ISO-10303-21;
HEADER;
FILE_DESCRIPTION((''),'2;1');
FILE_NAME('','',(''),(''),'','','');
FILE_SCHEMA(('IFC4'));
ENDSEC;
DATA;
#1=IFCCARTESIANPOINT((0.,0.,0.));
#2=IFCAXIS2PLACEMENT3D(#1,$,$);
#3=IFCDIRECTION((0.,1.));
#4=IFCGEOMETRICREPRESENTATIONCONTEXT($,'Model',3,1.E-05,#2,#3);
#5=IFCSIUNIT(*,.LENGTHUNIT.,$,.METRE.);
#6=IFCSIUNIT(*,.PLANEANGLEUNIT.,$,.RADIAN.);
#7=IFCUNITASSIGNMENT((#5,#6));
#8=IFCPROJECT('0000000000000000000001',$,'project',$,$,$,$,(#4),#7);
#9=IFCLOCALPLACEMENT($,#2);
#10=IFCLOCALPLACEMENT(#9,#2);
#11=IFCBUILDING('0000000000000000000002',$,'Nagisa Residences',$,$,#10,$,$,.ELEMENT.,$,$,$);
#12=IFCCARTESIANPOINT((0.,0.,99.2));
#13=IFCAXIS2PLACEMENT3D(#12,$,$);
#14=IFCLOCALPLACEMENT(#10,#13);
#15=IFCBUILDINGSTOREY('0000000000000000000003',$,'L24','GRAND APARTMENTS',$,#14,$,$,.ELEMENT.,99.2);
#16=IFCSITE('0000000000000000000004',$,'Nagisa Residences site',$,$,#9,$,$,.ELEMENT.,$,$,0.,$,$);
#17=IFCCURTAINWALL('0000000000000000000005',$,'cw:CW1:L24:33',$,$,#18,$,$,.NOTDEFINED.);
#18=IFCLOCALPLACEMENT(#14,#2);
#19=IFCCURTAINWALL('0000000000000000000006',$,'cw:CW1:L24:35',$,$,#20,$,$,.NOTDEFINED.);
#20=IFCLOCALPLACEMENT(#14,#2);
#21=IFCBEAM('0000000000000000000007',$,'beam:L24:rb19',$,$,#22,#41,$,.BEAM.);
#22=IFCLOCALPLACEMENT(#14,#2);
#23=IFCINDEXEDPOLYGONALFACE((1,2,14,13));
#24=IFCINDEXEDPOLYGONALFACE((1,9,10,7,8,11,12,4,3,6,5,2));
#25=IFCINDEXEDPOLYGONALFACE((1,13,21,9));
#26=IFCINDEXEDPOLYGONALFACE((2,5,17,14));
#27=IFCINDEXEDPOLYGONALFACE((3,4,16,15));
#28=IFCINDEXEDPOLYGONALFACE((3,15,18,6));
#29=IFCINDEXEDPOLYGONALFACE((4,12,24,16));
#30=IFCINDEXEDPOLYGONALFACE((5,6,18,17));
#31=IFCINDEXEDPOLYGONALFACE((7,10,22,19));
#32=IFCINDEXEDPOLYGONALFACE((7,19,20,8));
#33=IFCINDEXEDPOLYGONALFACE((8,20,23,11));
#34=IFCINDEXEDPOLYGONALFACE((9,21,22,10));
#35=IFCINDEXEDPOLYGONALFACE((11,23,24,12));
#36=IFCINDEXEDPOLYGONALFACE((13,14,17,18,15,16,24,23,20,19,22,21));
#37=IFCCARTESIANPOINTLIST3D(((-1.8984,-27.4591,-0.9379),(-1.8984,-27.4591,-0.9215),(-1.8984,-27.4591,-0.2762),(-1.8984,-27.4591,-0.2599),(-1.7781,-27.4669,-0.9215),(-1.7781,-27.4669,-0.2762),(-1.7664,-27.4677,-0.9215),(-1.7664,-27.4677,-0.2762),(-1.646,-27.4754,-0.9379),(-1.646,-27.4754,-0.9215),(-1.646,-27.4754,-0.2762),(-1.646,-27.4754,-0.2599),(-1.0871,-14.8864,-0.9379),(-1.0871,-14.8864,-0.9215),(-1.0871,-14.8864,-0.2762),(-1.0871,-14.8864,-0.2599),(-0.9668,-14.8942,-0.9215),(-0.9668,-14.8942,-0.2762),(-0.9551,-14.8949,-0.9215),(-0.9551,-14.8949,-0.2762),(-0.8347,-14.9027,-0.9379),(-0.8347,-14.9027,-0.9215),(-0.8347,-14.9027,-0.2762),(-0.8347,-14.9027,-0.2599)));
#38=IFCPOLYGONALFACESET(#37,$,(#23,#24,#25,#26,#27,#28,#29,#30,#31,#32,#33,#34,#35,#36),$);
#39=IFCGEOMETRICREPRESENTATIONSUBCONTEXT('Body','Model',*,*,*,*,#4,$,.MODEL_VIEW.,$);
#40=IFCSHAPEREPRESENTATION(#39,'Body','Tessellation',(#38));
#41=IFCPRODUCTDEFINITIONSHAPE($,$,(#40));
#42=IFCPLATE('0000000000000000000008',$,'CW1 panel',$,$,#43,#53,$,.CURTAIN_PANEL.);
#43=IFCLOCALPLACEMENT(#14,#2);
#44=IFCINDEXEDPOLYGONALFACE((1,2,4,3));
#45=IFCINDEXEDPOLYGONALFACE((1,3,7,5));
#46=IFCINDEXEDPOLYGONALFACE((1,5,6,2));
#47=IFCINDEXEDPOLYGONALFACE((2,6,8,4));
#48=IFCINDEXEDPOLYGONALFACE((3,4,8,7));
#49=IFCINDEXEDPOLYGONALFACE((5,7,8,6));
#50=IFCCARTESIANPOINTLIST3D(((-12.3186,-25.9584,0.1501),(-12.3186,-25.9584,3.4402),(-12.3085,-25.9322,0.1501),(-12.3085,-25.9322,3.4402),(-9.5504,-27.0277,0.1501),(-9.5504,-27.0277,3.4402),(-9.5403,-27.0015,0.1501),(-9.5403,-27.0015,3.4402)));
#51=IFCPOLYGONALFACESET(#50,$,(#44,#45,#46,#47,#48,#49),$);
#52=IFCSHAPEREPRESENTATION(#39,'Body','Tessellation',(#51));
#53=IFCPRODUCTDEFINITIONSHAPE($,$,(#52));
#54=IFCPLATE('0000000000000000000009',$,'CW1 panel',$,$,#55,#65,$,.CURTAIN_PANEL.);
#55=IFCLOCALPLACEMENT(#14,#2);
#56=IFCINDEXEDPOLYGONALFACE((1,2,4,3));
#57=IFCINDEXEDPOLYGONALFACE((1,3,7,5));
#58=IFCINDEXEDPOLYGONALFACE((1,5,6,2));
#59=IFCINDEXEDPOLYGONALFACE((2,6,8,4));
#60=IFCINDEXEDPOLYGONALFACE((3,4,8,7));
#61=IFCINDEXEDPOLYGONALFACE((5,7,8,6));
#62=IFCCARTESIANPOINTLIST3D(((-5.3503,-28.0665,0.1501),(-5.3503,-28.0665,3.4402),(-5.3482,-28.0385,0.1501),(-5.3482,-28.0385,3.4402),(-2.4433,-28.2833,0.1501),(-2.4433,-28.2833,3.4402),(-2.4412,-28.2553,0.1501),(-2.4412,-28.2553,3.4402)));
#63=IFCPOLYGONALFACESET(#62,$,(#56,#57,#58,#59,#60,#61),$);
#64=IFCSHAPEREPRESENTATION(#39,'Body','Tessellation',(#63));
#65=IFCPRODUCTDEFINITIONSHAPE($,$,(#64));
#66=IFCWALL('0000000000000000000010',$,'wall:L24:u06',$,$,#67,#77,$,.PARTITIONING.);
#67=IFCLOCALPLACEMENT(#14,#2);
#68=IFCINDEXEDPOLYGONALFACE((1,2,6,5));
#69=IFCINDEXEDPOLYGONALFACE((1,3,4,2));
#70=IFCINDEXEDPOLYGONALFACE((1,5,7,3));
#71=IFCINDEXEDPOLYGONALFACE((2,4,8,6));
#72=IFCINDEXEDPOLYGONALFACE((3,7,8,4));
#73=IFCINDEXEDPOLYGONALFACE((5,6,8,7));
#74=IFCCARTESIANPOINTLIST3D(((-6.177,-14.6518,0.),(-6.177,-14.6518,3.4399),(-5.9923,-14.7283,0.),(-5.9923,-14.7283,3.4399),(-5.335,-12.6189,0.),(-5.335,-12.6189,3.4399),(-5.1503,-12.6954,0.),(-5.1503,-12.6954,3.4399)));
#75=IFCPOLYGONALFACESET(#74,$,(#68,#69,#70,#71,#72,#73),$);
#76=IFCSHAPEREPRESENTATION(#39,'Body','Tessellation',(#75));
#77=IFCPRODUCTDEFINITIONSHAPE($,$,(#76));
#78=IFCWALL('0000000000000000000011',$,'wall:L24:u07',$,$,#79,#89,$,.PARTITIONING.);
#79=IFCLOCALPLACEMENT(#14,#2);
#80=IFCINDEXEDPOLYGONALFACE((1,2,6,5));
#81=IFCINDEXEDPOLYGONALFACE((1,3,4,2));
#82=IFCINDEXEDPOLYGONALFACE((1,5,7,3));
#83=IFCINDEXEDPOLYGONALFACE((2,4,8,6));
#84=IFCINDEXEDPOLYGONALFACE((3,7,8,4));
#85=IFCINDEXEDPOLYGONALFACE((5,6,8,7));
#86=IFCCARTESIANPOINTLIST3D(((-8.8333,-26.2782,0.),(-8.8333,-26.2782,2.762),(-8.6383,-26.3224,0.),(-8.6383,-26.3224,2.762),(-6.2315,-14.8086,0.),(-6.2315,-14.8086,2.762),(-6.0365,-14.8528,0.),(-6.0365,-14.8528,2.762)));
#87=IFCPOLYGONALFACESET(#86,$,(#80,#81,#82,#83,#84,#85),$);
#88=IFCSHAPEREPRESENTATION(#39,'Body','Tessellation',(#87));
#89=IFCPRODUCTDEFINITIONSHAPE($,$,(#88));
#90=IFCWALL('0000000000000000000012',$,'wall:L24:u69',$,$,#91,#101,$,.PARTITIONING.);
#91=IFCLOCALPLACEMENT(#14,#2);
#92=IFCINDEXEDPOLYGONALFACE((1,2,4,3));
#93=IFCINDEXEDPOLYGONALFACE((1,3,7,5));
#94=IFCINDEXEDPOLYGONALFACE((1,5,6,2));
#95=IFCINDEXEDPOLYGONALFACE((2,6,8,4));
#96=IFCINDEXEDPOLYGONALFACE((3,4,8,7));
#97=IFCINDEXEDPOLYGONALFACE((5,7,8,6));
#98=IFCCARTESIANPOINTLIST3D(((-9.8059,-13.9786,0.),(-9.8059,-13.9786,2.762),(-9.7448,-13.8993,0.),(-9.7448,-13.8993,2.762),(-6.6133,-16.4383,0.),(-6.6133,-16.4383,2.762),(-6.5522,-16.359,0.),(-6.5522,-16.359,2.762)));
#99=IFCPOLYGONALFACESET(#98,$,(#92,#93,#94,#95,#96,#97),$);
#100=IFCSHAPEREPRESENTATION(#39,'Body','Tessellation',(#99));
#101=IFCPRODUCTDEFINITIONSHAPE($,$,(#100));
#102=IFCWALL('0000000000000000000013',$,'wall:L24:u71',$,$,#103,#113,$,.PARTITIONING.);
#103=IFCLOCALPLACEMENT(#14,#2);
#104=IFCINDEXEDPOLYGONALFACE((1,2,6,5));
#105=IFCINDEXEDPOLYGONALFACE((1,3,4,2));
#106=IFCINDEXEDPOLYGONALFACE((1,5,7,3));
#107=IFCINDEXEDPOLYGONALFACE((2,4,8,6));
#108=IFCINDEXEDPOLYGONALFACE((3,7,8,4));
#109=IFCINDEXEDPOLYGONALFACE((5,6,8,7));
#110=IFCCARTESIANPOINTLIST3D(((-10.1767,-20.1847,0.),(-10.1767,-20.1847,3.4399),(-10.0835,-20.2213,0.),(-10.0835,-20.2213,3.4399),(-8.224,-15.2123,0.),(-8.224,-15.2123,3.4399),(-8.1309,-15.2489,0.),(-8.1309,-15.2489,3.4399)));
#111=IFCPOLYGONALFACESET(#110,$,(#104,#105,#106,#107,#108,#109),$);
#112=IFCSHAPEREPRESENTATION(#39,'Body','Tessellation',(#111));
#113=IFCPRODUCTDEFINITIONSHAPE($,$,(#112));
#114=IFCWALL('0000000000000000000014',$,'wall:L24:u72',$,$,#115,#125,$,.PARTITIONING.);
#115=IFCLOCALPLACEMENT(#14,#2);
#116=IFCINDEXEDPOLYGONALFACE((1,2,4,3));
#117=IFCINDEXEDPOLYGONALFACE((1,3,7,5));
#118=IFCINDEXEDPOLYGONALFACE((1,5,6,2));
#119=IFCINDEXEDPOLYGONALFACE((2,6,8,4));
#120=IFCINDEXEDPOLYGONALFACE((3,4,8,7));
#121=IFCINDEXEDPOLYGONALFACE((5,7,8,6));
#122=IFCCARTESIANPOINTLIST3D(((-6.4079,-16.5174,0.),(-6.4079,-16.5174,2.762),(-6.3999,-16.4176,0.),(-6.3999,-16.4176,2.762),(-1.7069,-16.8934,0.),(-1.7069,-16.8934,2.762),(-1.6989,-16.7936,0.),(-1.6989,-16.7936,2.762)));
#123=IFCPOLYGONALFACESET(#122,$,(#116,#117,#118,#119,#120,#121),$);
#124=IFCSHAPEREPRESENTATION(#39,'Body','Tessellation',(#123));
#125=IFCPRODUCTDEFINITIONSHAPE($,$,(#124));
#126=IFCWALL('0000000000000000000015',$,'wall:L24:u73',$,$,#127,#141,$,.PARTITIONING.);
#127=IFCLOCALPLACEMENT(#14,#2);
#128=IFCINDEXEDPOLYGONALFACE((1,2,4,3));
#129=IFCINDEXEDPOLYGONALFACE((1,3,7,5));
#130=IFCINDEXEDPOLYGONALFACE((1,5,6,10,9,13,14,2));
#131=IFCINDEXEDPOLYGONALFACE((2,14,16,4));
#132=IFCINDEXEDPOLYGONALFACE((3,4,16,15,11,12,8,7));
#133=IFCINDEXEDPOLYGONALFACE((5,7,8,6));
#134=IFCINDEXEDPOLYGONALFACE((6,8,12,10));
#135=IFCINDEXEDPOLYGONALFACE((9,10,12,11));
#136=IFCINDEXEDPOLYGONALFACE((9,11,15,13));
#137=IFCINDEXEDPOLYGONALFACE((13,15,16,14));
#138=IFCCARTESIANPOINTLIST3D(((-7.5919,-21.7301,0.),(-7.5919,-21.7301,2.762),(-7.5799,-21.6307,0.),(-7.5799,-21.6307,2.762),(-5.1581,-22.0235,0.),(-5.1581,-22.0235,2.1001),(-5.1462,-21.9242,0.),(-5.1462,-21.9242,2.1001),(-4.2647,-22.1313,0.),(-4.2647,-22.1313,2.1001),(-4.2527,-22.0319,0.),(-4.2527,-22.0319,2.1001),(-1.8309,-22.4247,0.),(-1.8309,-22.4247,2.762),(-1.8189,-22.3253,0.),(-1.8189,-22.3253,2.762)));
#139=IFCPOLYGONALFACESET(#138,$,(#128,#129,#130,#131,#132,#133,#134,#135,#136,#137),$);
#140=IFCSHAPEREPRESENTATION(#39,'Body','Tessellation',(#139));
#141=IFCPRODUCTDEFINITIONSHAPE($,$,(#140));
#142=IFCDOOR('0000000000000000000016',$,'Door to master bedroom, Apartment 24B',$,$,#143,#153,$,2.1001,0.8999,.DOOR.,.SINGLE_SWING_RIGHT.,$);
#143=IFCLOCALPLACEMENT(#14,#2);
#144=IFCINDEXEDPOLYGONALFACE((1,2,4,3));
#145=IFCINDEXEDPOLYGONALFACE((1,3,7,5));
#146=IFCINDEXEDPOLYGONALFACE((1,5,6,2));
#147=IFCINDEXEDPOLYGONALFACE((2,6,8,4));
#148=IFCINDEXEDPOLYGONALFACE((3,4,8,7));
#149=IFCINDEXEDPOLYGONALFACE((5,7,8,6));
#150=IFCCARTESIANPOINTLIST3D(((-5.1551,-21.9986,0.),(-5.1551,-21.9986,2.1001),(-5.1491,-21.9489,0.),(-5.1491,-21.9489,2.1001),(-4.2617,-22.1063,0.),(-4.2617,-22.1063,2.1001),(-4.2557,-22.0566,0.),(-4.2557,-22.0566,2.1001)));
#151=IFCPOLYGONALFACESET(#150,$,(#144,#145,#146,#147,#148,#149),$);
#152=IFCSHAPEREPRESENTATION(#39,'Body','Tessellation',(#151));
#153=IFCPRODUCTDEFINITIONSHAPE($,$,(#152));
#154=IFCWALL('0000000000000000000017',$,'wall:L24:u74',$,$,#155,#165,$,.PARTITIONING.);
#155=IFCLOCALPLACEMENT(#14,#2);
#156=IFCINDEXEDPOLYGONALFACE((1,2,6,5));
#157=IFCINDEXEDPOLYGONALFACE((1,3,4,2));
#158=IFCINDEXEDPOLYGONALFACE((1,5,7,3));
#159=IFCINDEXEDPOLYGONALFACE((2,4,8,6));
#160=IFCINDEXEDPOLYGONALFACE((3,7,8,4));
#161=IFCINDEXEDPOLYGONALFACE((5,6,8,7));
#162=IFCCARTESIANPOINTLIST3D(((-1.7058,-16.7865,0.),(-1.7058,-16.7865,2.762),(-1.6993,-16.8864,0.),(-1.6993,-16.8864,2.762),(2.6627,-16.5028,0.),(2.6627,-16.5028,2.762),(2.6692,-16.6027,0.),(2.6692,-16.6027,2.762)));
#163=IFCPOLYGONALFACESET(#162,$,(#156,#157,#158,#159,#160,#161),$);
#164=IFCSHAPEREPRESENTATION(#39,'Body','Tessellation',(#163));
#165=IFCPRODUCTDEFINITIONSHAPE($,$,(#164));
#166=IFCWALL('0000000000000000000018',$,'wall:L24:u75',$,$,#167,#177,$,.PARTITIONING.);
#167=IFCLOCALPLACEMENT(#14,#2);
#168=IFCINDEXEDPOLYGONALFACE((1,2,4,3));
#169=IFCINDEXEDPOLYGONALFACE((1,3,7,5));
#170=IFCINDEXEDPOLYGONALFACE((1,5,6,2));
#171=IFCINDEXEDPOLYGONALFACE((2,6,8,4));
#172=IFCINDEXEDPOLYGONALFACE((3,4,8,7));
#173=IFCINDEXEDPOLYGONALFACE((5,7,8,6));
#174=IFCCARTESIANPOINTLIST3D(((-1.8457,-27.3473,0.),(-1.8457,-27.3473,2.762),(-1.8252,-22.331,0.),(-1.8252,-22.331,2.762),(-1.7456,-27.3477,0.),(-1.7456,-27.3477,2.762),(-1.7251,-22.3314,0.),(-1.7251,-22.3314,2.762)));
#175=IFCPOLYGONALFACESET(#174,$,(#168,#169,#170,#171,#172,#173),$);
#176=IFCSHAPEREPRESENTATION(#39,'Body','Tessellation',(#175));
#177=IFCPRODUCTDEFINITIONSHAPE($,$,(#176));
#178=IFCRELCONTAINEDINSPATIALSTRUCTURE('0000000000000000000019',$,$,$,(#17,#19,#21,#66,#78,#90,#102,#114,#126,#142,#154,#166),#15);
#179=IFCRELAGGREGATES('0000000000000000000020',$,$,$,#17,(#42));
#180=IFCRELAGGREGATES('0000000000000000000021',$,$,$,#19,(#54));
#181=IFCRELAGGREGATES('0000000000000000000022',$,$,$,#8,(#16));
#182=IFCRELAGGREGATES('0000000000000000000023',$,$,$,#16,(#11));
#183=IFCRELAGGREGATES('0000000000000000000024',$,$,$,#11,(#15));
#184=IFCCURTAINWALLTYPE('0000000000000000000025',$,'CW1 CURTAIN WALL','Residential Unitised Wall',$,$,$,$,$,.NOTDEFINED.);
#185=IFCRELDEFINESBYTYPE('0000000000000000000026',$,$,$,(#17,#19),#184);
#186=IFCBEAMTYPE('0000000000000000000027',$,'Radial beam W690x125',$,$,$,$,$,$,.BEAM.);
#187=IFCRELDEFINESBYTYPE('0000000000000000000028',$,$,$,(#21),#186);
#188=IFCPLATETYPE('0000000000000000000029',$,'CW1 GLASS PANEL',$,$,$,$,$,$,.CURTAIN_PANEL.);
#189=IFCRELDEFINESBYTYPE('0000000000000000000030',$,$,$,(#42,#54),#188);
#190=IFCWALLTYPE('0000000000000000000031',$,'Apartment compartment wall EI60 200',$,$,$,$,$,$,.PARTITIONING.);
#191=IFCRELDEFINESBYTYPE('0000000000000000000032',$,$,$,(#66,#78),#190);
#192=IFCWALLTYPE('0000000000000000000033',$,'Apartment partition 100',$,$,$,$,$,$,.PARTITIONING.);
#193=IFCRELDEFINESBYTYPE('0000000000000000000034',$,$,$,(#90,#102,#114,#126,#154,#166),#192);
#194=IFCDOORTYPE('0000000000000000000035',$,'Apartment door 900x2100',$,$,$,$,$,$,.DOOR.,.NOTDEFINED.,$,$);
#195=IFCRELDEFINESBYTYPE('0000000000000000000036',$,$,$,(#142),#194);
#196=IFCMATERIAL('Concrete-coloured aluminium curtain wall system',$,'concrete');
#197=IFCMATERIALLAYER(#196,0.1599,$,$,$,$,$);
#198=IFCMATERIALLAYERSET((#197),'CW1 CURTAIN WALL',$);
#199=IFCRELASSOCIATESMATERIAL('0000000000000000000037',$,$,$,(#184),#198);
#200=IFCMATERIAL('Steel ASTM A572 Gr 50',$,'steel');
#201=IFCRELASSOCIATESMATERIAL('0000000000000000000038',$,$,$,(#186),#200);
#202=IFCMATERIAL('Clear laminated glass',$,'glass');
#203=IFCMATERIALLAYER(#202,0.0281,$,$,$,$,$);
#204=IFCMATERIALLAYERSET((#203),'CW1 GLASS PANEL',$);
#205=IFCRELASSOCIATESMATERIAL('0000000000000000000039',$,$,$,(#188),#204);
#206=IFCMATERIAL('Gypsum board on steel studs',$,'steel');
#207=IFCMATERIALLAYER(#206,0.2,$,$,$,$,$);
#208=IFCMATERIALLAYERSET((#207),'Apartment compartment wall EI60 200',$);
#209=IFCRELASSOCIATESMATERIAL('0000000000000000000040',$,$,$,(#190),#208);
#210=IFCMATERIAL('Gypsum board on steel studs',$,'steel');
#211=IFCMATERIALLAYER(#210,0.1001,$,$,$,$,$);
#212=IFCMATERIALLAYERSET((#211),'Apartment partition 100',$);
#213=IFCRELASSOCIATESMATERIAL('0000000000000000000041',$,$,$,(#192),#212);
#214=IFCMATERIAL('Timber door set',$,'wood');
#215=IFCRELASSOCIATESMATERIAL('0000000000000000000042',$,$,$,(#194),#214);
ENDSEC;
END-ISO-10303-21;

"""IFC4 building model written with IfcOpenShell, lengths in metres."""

from ifc_helpers import new_model, si_unit, direction, frame, frame_2d, origin, origin_2d, place, context, subcontext, project, spatial, rectangle, i_section, extrude, material, layer, layer_set, material_profile, profile_set, type_object, element, fill, aggregate, save


model = new_model("IFC4")

# Units and contexts
model_context = context("Model", 3, precision=1e-05, world=origin(), true_north=direction((0.0, 1.0)))
body_context = subcontext(model_context, "Body", "Model", "MODEL_VIEW")
ifc_project = project(units=[si_unit("LENGTHUNIT", "METRE"), si_unit("PLANEANGLEUNIT", "RADIAN")], contexts=[model_context])

# Site, building, storey
site_placement = place(None, origin())
site = spatial("IfcSite", under=ifc_project, at=site_placement, Name="Nagisa Residences site", CompositionType="ELEMENT", RefElevation=0.0)
building_placement = place(site_placement, origin())
building = spatial("IfcBuilding", under=site, at=building_placement, Name="Nagisa Residences", CompositionType="ELEMENT")
storey_placement = place(building_placement, frame((0.0, 0.0, 99.2)))
storey = spatial("IfcBuildingStorey", under=building, at=storey_placement, Name="L24", Description="GRAND APARTMENTS", CompositionType="ELEMENT", Elevation=99.2)

# Curtain wall
ifc_material_1 = material(Name="Concrete-coloured aluminium curtain wall system", Category="concrete")
ifc_layer_1 = layer(ifc_material_1, 0.1599)
ifc_layer_set_1 = layer_set([ifc_layer_1], Name="CW1 CURTAIN WALL")
curtain_wall_type = type_object("IfcCurtainWallType", Name="CW1 CURTAIN WALL", Description="Residential Unitised Wall", PredefinedType="NOTDEFINED", material=ifc_layer_set_1)
curtain_wall_1_placement = place(storey_placement, origin())
curtain_wall_1 = element("IfcCurtainWall", 1, at=curtain_wall_1_placement, inside=storey, type_object=curtain_wall_type, Name="cw:CW1:L24:33", PredefinedType="NOTDEFINED")

# Curtain wall
curtain_wall_2_placement = place(storey_placement, origin())
curtain_wall_2 = element("IfcCurtainWall", 2, at=curtain_wall_2_placement, inside=storey, type_object=curtain_wall_type, Name="cw:CW1:L24:35", PredefinedType="NOTDEFINED")

# Beam
ifc_material_2 = material(Name="Steel ASTM A572 Gr 50", Category="steel")
ifc_material_profile_1 = material_profile(ifc_material_2, i_section(OverallWidth=0.2529, OverallDepth=0.678, WebThickness=0.0117, FlangeThickness=0.0164, at=origin_2d()), Name="W690x125")
ifc_profile_set_1 = profile_set([ifc_material_profile_1], Name="Steel ASTM A572 Gr 50")
beam_type_1 = type_object("IfcBeamType", Name="Radial beam W690x125", PredefinedType="BEAM", material=ifc_profile_set_1)
beam_1_placement = place(storey_placement, frame((-1.7722, -27.4673, -0.5989), z_axis=(0.064393, 0.997925, 0.0), x_axis=(-0.997925, 0.064393, 0.0)))
element("IfcBeam", 3, at=beam_1_placement, inside=storey, type_object=beam_type_1, Name="beam:L24:rb19", PredefinedType="BEAM", context=body_context, shape_type="SweptSolid", body=[
    extrude(i_section(OverallWidth=0.2529, OverallDepth=0.678, WebThickness=0.0117, FlangeThickness=0.0164, at=origin_2d()), origin(), (0.0, 0.0, 1.0), 12.5989),
])

# Plates
ifc_material_3 = material(Name="Clear laminated glass", Category="glass")
ifc_layer_2 = layer(ifc_material_3, 0.0281)
ifc_layer_set_2 = layer_set([ifc_layer_2], Name="CW1 GLASS PANEL")
plate_type = type_object("IfcPlateType", Name="CW1 GLASS PANEL", PredefinedType="CURTAIN_PANEL", material=ifc_layer_set_2)
plate_1_placement = place(storey_placement, frame((-10.9294, -26.48, 0.1501), z_axis=(0.0, 0.0, 1.0), x_axis=(0.932826, -0.360328, 0.0)))
plate_1 = element("IfcPlate", 4, at=plate_1_placement, type_object=plate_type, Name="CW1 panel", PredefinedType="CURTAIN_PANEL", context=body_context, shape_type="SweptSolid", body=[
    extrude(rectangle(XDim=2.9675, YDim=0.0281, at=origin_2d()), origin(), (0.0, 0.0, 1.0), 3.29),
])
aggregate(curtain_wall_1, [plate_1])
plate_2_placement = place(storey_placement, frame((-3.8958, -28.1609, 0.1501), z_axis=(0.0, 0.0, 1.0), x_axis=(0.99723, -0.074377, 0.0)))
plate_2 = element("IfcPlate", 5, at=plate_2_placement, type_object=plate_type, Name="CW1 panel", PredefinedType="CURTAIN_PANEL", context=body_context, shape_type="SweptSolid", body=[
    extrude(rectangle(XDim=2.915, YDim=0.0281, at=origin_2d()), origin(), (0.0, 0.0, 1.0), 3.29),
])
aggregate(curtain_wall_2, [plate_2])

# Walls
ifc_material_4 = material(Name="Gypsum board on steel studs", Category="steel")
ifc_layer_3 = layer(ifc_material_4, 0.2)
ifc_layer_set_3 = layer_set([ifc_layer_3], Name="Apartment compartment wall EI60 200")
wall_type_1 = type_object("IfcWallType", Name="Apartment compartment wall EI60 200", PredefinedType="PARTITIONING", material=ifc_layer_set_3)
wall_1_placement = place(storey_placement, frame((-5.2427, -12.6572, 0.0), z_axis=(0.0, 0.0, 1.0), x_axis=(-0.382669, -0.923886, 0.0)))
element("IfcWall", 6, at=wall_1_placement, inside=storey, type_object=wall_type_1, Name="wall:L24:u06", PredefinedType="PARTITIONING", context=body_context, shape_type="SweptSolid", body=[
    extrude(rectangle(XDim=2.2004, YDim=0.2, at=frame_2d((1.1001, 0.0))), origin(), (0.0, 0.0, 1.0), 3.4399),
])
wall_2_placement = place(storey_placement, frame((-6.134, -14.8308, 0.0), z_axis=(0.0, 0.0, 1.0), x_axis=(-0.221225, -0.975223, 0.0)))
element("IfcWall", 7, at=wall_2_placement, inside=storey, type_object=wall_type_1, Name="wall:L24:u07", PredefinedType="PARTITIONING", context=body_context, shape_type="SweptSolid", body=[
    extrude(rectangle(XDim=11.761, YDim=0.2, at=frame_2d((5.8804, 0.0))), origin(), (0.0, 0.0, 1.0), 2.762),
])
ifc_material_5 = material(Name="Gypsum board on steel studs", Category="steel")
ifc_layer_4 = layer(ifc_material_5, 0.1001)
ifc_layer_set_4 = layer_set([ifc_layer_4], Name="Apartment partition 100")
wall_type_2 = type_object("IfcWallType", Name="Apartment partition 100", PredefinedType="PARTITIONING", material=ifc_layer_set_4)
wall_3_placement = place(storey_placement, frame((-9.7754, -13.939, 0.0), z_axis=(0.0, 0.0, 1.0), x_axis=(0.792162, -0.610311, 0.0)))
element("IfcWall", 8, at=wall_3_placement, inside=storey, type_object=wall_type_2, Name="wall:L24:u69", PredefinedType="PARTITIONING", context=body_context, shape_type="SweptSolid", body=[
    extrude(rectangle(XDim=4.0303, YDim=0.1001, at=frame_2d((2.0151, 0.0))), origin(), (0.0, 0.0, 1.0), 2.762),
])
wall_4_placement = place(storey_placement, frame((-8.1775, -15.2307, 0.0), z_axis=(0.0, 0.0, 1.0), x_axis=(-0.365521, -0.930803, 0.0)))
element("IfcWall", 9, at=wall_4_placement, inside=storey, type_object=wall_type_2, Name="wall:L24:u71", PredefinedType="PARTITIONING", context=body_context, shape_type="SweptSolid", body=[
    extrude(rectangle(XDim=5.342, YDim=0.1001, at=frame_2d((2.6709, 0.0))), origin(), (0.0, 0.0, 1.0), 3.4399),
])
wall_5_placement = place(storey_placement, frame((-6.4038, -16.4675, 0.0), z_axis=(0.0, 0.0, 1.0), x_axis=(0.996817, -0.079721, 0.0)))
element("IfcWall", 10, at=wall_5_placement, inside=storey, type_object=wall_type_2, Name="wall:L24:u72", PredefinedType="PARTITIONING", context=body_context, shape_type="SweptSolid", body=[
    extrude(rectangle(XDim=4.7161, YDim=0.1001, at=frame_2d((2.3579, 0.0))), origin(), (0.0, 0.0, 1.0), 2.762),
])

# Wall, opening, door
wall_6_placement = place(storey_placement, frame((-7.5859, -21.6804, 0.0), z_axis=(0.0, 0.0, 1.0), x_axis=(0.99281, -0.119699, 0.0)))
wall_6 = element("IfcWall", 11, at=wall_6_placement, inside=storey, type_object=wall_type_2, Name="wall:L24:u73", PredefinedType="PARTITIONING", context=body_context, shape_type="SweptSolid", body=[
    extrude(rectangle(XDim=5.8027, YDim=0.1001, at=frame_2d((2.9014, 0.0))), origin(), (0.0, 0.0, 1.0), 2.762),
])
opening_1_placement = place(wall_6_placement, frame((2.4514, 0.0, 0.0)))
opening_1 = element("IfcOpeningElement", 12, at=opening_1_placement, cuts=wall_6, PredefinedType="OPENING", context=body_context, shape_type="SweptSolid", body=[
    extrude(rectangle(XDim=0.8999, YDim=2.1001, at=frame_2d((0.45, 1.05))), frame((0.0, 0.0601, 0.0), z_axis=(0.0, -1.0, 0.0), x_axis=(1.0, 0.0, 0.0)), (0.0, 0.0, 1.0), 0.1201),
])
ifc_material_6 = material(Name="Timber door set", Category="wood")
door_type_1 = type_object("IfcDoorType", Name="Apartment door 900x2100", OperationType="NOTDEFINED", PredefinedType="DOOR", material=ifc_material_6)
door_1_placement = place(opening_1_placement, frame((0.8999, 0.0, 0.0), x_axis=(-1.0, 0.0, 0.0)))
door_1 = element("IfcDoor", 13, at=door_1_placement, inside=storey, type_object=door_type_1, Name="Door to master bedroom, Apartment 24B", OperationType="SINGLE_SWING_RIGHT", OverallHeight=2.1001, OverallWidth=0.8999, PredefinedType="DOOR", context=body_context, shape_type="SweptSolid", body=[
    extrude(rectangle(XDim=0.8999, YDim=2.1001, at=frame_2d((0.45, 1.05))), frame((0.0, 0.0249, 0.0), z_axis=(0.0, -1.0, 0.0), x_axis=(1.0, 0.0, 0.0)), (0.0, 0.0, 1.0), 0.05),
])
fill(opening_1, door_1)

# Walls
wall_7_placement = place(storey_placement, frame((-1.7026, -16.8364, 0.0), z_axis=(0.0, 0.0, 1.0), x_axis=(0.997898, 0.064805, 0.0)))
element("IfcWall", 14, at=wall_7_placement, inside=storey, type_object=wall_type_2, Name="wall:L24:u74", PredefinedType="PARTITIONING", context=body_context, shape_type="SweptSolid", body=[
    extrude(rectangle(XDim=4.3777, YDim=0.1001, at=frame_2d((2.189, 0.0))), origin(), (0.0, 0.0, 1.0), 2.762),
])
wall_8_placement = place(storey_placement, frame((-1.7751, -22.3311, 0.0), z_axis=(0.0, 0.0, 1.0), x_axis=(-0.004088, -0.999992, 0.0)))
element("IfcWall", 15, at=wall_8_placement, inside=storey, type_object=wall_type_2, Name="wall:L24:u75", PredefinedType="PARTITIONING", context=body_context, shape_type="SweptSolid", body=[
    extrude(rectangle(XDim=5.0164, YDim=0.1001, at=frame_2d((2.5083, 0.0))), origin(), (0.0, 0.0, 1.0), 2.762),
])

save(model, "model.ifc")
